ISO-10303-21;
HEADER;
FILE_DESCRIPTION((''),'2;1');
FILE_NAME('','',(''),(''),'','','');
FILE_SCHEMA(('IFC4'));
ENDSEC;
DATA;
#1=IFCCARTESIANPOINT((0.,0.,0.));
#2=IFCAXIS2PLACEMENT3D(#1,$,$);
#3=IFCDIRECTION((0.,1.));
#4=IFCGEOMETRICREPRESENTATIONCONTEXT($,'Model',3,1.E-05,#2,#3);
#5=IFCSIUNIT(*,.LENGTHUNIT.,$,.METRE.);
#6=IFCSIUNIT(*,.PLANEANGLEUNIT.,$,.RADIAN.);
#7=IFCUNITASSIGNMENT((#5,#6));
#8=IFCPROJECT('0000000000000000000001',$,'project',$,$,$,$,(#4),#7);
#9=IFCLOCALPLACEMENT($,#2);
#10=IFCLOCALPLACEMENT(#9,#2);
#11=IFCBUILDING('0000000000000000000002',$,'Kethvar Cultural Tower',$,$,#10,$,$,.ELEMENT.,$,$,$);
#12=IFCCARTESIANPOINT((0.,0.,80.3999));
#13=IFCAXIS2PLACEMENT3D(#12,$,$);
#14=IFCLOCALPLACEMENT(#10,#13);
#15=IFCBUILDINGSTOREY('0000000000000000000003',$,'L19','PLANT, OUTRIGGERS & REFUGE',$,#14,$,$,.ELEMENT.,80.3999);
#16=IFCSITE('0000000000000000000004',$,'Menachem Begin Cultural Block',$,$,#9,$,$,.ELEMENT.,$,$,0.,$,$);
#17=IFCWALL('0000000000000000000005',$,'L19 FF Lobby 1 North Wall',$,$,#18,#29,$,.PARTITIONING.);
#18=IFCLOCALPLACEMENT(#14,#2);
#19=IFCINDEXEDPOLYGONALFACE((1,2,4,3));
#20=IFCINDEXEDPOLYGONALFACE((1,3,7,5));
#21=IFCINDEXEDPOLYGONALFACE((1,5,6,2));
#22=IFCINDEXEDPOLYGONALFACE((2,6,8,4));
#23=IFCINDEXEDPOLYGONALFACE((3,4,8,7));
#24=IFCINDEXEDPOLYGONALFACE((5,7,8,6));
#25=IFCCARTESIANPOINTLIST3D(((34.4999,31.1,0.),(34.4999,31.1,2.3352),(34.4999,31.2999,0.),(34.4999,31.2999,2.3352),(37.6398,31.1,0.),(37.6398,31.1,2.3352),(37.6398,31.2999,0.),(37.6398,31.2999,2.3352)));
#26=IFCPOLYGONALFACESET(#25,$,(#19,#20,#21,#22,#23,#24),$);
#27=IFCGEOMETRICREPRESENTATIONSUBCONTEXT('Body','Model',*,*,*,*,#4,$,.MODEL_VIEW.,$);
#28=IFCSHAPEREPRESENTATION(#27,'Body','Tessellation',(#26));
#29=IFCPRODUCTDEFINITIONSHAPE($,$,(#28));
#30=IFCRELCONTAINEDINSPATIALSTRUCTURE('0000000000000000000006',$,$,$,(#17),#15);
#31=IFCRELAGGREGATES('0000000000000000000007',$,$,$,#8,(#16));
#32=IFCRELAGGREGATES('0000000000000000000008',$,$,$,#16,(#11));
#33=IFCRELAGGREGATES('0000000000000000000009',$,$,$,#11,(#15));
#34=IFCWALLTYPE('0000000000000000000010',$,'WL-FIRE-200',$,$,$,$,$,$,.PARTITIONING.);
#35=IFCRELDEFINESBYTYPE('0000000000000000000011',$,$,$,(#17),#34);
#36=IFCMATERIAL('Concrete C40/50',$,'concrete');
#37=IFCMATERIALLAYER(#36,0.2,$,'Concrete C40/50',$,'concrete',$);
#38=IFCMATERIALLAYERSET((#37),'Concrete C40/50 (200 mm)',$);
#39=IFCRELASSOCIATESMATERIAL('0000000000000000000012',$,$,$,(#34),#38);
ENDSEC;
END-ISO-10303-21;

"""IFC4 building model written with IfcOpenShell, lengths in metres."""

from ifc_helpers import new_model, si_unit, direction, frame, frame_2d, origin, place, context, subcontext, project, spatial, rectangle, extrude, material, layer, layer_set, type_object, element, save


model = new_model("IFC4")

# Units and contexts
model_context = context("Model", 3, precision=1e-05, world=origin(), true_north=direction((0.0, 1.0)))
body_context = subcontext(model_context, "Body", "Model", "MODEL_VIEW")
ifc_project = project(units=[si_unit("LENGTHUNIT", "METRE"), si_unit("PLANEANGLEUNIT", "RADIAN")], contexts=[model_context])

# Site, building, storey
site_placement = place(None, origin())
site = spatial("IfcSite", under=ifc_project, at=site_placement, Name="Menachem Begin Cultural Block", CompositionType="ELEMENT", RefElevation=0.0)
building_placement = place(site_placement, origin())
building = spatial("IfcBuilding", under=site, at=building_placement, Name="Kethvar Cultural Tower", CompositionType="ELEMENT")
storey_placement = place(building_placement, frame((0.0, 0.0, 80.3999)))
storey = spatial("IfcBuildingStorey", under=building, at=storey_placement, Name="L19", Description="PLANT, OUTRIGGERS & REFUGE", CompositionType="ELEMENT", Elevation=80.3999)

# Shared definitions
ifc_material_1 = material(Name="Concrete C40/50", Category="concrete")
ifc_layer_1 = layer(ifc_material_1, 0.2, Name="Concrete C40/50", Category="concrete")
ifc_layer_set_1 = layer_set([ifc_layer_1], Name="Concrete C40/50 (200 mm)")
wall_type_1 = type_object("IfcWallType", Name="WL-FIRE-200", PredefinedType="PARTITIONING", material=ifc_layer_set_1)

# Wall
for number, where, z_axis, x_axis, name in (
    (1, (34.5, 31.2, 0.0), (0.0, 0.0, 1.0), (1.0, 0.0, 0.0), "L19 FF Lobby 1 North Wall"),
):
    element("IfcWall", number, at=place(storey_placement, frame(where, z_axis=z_axis, x_axis=x_axis)), inside=storey, type_object=wall_type_1, Name=name, PredefinedType="PARTITIONING", context=body_context, shape_type="SweptSolid", body=[
        extrude(rectangle(XDim=3.1399, YDim=0.2, at=frame_2d((1.5698, 0.0))), origin(), (0.0, 0.0, 1.0), 2.3352),
    ])

save(model, "model.ifc")
